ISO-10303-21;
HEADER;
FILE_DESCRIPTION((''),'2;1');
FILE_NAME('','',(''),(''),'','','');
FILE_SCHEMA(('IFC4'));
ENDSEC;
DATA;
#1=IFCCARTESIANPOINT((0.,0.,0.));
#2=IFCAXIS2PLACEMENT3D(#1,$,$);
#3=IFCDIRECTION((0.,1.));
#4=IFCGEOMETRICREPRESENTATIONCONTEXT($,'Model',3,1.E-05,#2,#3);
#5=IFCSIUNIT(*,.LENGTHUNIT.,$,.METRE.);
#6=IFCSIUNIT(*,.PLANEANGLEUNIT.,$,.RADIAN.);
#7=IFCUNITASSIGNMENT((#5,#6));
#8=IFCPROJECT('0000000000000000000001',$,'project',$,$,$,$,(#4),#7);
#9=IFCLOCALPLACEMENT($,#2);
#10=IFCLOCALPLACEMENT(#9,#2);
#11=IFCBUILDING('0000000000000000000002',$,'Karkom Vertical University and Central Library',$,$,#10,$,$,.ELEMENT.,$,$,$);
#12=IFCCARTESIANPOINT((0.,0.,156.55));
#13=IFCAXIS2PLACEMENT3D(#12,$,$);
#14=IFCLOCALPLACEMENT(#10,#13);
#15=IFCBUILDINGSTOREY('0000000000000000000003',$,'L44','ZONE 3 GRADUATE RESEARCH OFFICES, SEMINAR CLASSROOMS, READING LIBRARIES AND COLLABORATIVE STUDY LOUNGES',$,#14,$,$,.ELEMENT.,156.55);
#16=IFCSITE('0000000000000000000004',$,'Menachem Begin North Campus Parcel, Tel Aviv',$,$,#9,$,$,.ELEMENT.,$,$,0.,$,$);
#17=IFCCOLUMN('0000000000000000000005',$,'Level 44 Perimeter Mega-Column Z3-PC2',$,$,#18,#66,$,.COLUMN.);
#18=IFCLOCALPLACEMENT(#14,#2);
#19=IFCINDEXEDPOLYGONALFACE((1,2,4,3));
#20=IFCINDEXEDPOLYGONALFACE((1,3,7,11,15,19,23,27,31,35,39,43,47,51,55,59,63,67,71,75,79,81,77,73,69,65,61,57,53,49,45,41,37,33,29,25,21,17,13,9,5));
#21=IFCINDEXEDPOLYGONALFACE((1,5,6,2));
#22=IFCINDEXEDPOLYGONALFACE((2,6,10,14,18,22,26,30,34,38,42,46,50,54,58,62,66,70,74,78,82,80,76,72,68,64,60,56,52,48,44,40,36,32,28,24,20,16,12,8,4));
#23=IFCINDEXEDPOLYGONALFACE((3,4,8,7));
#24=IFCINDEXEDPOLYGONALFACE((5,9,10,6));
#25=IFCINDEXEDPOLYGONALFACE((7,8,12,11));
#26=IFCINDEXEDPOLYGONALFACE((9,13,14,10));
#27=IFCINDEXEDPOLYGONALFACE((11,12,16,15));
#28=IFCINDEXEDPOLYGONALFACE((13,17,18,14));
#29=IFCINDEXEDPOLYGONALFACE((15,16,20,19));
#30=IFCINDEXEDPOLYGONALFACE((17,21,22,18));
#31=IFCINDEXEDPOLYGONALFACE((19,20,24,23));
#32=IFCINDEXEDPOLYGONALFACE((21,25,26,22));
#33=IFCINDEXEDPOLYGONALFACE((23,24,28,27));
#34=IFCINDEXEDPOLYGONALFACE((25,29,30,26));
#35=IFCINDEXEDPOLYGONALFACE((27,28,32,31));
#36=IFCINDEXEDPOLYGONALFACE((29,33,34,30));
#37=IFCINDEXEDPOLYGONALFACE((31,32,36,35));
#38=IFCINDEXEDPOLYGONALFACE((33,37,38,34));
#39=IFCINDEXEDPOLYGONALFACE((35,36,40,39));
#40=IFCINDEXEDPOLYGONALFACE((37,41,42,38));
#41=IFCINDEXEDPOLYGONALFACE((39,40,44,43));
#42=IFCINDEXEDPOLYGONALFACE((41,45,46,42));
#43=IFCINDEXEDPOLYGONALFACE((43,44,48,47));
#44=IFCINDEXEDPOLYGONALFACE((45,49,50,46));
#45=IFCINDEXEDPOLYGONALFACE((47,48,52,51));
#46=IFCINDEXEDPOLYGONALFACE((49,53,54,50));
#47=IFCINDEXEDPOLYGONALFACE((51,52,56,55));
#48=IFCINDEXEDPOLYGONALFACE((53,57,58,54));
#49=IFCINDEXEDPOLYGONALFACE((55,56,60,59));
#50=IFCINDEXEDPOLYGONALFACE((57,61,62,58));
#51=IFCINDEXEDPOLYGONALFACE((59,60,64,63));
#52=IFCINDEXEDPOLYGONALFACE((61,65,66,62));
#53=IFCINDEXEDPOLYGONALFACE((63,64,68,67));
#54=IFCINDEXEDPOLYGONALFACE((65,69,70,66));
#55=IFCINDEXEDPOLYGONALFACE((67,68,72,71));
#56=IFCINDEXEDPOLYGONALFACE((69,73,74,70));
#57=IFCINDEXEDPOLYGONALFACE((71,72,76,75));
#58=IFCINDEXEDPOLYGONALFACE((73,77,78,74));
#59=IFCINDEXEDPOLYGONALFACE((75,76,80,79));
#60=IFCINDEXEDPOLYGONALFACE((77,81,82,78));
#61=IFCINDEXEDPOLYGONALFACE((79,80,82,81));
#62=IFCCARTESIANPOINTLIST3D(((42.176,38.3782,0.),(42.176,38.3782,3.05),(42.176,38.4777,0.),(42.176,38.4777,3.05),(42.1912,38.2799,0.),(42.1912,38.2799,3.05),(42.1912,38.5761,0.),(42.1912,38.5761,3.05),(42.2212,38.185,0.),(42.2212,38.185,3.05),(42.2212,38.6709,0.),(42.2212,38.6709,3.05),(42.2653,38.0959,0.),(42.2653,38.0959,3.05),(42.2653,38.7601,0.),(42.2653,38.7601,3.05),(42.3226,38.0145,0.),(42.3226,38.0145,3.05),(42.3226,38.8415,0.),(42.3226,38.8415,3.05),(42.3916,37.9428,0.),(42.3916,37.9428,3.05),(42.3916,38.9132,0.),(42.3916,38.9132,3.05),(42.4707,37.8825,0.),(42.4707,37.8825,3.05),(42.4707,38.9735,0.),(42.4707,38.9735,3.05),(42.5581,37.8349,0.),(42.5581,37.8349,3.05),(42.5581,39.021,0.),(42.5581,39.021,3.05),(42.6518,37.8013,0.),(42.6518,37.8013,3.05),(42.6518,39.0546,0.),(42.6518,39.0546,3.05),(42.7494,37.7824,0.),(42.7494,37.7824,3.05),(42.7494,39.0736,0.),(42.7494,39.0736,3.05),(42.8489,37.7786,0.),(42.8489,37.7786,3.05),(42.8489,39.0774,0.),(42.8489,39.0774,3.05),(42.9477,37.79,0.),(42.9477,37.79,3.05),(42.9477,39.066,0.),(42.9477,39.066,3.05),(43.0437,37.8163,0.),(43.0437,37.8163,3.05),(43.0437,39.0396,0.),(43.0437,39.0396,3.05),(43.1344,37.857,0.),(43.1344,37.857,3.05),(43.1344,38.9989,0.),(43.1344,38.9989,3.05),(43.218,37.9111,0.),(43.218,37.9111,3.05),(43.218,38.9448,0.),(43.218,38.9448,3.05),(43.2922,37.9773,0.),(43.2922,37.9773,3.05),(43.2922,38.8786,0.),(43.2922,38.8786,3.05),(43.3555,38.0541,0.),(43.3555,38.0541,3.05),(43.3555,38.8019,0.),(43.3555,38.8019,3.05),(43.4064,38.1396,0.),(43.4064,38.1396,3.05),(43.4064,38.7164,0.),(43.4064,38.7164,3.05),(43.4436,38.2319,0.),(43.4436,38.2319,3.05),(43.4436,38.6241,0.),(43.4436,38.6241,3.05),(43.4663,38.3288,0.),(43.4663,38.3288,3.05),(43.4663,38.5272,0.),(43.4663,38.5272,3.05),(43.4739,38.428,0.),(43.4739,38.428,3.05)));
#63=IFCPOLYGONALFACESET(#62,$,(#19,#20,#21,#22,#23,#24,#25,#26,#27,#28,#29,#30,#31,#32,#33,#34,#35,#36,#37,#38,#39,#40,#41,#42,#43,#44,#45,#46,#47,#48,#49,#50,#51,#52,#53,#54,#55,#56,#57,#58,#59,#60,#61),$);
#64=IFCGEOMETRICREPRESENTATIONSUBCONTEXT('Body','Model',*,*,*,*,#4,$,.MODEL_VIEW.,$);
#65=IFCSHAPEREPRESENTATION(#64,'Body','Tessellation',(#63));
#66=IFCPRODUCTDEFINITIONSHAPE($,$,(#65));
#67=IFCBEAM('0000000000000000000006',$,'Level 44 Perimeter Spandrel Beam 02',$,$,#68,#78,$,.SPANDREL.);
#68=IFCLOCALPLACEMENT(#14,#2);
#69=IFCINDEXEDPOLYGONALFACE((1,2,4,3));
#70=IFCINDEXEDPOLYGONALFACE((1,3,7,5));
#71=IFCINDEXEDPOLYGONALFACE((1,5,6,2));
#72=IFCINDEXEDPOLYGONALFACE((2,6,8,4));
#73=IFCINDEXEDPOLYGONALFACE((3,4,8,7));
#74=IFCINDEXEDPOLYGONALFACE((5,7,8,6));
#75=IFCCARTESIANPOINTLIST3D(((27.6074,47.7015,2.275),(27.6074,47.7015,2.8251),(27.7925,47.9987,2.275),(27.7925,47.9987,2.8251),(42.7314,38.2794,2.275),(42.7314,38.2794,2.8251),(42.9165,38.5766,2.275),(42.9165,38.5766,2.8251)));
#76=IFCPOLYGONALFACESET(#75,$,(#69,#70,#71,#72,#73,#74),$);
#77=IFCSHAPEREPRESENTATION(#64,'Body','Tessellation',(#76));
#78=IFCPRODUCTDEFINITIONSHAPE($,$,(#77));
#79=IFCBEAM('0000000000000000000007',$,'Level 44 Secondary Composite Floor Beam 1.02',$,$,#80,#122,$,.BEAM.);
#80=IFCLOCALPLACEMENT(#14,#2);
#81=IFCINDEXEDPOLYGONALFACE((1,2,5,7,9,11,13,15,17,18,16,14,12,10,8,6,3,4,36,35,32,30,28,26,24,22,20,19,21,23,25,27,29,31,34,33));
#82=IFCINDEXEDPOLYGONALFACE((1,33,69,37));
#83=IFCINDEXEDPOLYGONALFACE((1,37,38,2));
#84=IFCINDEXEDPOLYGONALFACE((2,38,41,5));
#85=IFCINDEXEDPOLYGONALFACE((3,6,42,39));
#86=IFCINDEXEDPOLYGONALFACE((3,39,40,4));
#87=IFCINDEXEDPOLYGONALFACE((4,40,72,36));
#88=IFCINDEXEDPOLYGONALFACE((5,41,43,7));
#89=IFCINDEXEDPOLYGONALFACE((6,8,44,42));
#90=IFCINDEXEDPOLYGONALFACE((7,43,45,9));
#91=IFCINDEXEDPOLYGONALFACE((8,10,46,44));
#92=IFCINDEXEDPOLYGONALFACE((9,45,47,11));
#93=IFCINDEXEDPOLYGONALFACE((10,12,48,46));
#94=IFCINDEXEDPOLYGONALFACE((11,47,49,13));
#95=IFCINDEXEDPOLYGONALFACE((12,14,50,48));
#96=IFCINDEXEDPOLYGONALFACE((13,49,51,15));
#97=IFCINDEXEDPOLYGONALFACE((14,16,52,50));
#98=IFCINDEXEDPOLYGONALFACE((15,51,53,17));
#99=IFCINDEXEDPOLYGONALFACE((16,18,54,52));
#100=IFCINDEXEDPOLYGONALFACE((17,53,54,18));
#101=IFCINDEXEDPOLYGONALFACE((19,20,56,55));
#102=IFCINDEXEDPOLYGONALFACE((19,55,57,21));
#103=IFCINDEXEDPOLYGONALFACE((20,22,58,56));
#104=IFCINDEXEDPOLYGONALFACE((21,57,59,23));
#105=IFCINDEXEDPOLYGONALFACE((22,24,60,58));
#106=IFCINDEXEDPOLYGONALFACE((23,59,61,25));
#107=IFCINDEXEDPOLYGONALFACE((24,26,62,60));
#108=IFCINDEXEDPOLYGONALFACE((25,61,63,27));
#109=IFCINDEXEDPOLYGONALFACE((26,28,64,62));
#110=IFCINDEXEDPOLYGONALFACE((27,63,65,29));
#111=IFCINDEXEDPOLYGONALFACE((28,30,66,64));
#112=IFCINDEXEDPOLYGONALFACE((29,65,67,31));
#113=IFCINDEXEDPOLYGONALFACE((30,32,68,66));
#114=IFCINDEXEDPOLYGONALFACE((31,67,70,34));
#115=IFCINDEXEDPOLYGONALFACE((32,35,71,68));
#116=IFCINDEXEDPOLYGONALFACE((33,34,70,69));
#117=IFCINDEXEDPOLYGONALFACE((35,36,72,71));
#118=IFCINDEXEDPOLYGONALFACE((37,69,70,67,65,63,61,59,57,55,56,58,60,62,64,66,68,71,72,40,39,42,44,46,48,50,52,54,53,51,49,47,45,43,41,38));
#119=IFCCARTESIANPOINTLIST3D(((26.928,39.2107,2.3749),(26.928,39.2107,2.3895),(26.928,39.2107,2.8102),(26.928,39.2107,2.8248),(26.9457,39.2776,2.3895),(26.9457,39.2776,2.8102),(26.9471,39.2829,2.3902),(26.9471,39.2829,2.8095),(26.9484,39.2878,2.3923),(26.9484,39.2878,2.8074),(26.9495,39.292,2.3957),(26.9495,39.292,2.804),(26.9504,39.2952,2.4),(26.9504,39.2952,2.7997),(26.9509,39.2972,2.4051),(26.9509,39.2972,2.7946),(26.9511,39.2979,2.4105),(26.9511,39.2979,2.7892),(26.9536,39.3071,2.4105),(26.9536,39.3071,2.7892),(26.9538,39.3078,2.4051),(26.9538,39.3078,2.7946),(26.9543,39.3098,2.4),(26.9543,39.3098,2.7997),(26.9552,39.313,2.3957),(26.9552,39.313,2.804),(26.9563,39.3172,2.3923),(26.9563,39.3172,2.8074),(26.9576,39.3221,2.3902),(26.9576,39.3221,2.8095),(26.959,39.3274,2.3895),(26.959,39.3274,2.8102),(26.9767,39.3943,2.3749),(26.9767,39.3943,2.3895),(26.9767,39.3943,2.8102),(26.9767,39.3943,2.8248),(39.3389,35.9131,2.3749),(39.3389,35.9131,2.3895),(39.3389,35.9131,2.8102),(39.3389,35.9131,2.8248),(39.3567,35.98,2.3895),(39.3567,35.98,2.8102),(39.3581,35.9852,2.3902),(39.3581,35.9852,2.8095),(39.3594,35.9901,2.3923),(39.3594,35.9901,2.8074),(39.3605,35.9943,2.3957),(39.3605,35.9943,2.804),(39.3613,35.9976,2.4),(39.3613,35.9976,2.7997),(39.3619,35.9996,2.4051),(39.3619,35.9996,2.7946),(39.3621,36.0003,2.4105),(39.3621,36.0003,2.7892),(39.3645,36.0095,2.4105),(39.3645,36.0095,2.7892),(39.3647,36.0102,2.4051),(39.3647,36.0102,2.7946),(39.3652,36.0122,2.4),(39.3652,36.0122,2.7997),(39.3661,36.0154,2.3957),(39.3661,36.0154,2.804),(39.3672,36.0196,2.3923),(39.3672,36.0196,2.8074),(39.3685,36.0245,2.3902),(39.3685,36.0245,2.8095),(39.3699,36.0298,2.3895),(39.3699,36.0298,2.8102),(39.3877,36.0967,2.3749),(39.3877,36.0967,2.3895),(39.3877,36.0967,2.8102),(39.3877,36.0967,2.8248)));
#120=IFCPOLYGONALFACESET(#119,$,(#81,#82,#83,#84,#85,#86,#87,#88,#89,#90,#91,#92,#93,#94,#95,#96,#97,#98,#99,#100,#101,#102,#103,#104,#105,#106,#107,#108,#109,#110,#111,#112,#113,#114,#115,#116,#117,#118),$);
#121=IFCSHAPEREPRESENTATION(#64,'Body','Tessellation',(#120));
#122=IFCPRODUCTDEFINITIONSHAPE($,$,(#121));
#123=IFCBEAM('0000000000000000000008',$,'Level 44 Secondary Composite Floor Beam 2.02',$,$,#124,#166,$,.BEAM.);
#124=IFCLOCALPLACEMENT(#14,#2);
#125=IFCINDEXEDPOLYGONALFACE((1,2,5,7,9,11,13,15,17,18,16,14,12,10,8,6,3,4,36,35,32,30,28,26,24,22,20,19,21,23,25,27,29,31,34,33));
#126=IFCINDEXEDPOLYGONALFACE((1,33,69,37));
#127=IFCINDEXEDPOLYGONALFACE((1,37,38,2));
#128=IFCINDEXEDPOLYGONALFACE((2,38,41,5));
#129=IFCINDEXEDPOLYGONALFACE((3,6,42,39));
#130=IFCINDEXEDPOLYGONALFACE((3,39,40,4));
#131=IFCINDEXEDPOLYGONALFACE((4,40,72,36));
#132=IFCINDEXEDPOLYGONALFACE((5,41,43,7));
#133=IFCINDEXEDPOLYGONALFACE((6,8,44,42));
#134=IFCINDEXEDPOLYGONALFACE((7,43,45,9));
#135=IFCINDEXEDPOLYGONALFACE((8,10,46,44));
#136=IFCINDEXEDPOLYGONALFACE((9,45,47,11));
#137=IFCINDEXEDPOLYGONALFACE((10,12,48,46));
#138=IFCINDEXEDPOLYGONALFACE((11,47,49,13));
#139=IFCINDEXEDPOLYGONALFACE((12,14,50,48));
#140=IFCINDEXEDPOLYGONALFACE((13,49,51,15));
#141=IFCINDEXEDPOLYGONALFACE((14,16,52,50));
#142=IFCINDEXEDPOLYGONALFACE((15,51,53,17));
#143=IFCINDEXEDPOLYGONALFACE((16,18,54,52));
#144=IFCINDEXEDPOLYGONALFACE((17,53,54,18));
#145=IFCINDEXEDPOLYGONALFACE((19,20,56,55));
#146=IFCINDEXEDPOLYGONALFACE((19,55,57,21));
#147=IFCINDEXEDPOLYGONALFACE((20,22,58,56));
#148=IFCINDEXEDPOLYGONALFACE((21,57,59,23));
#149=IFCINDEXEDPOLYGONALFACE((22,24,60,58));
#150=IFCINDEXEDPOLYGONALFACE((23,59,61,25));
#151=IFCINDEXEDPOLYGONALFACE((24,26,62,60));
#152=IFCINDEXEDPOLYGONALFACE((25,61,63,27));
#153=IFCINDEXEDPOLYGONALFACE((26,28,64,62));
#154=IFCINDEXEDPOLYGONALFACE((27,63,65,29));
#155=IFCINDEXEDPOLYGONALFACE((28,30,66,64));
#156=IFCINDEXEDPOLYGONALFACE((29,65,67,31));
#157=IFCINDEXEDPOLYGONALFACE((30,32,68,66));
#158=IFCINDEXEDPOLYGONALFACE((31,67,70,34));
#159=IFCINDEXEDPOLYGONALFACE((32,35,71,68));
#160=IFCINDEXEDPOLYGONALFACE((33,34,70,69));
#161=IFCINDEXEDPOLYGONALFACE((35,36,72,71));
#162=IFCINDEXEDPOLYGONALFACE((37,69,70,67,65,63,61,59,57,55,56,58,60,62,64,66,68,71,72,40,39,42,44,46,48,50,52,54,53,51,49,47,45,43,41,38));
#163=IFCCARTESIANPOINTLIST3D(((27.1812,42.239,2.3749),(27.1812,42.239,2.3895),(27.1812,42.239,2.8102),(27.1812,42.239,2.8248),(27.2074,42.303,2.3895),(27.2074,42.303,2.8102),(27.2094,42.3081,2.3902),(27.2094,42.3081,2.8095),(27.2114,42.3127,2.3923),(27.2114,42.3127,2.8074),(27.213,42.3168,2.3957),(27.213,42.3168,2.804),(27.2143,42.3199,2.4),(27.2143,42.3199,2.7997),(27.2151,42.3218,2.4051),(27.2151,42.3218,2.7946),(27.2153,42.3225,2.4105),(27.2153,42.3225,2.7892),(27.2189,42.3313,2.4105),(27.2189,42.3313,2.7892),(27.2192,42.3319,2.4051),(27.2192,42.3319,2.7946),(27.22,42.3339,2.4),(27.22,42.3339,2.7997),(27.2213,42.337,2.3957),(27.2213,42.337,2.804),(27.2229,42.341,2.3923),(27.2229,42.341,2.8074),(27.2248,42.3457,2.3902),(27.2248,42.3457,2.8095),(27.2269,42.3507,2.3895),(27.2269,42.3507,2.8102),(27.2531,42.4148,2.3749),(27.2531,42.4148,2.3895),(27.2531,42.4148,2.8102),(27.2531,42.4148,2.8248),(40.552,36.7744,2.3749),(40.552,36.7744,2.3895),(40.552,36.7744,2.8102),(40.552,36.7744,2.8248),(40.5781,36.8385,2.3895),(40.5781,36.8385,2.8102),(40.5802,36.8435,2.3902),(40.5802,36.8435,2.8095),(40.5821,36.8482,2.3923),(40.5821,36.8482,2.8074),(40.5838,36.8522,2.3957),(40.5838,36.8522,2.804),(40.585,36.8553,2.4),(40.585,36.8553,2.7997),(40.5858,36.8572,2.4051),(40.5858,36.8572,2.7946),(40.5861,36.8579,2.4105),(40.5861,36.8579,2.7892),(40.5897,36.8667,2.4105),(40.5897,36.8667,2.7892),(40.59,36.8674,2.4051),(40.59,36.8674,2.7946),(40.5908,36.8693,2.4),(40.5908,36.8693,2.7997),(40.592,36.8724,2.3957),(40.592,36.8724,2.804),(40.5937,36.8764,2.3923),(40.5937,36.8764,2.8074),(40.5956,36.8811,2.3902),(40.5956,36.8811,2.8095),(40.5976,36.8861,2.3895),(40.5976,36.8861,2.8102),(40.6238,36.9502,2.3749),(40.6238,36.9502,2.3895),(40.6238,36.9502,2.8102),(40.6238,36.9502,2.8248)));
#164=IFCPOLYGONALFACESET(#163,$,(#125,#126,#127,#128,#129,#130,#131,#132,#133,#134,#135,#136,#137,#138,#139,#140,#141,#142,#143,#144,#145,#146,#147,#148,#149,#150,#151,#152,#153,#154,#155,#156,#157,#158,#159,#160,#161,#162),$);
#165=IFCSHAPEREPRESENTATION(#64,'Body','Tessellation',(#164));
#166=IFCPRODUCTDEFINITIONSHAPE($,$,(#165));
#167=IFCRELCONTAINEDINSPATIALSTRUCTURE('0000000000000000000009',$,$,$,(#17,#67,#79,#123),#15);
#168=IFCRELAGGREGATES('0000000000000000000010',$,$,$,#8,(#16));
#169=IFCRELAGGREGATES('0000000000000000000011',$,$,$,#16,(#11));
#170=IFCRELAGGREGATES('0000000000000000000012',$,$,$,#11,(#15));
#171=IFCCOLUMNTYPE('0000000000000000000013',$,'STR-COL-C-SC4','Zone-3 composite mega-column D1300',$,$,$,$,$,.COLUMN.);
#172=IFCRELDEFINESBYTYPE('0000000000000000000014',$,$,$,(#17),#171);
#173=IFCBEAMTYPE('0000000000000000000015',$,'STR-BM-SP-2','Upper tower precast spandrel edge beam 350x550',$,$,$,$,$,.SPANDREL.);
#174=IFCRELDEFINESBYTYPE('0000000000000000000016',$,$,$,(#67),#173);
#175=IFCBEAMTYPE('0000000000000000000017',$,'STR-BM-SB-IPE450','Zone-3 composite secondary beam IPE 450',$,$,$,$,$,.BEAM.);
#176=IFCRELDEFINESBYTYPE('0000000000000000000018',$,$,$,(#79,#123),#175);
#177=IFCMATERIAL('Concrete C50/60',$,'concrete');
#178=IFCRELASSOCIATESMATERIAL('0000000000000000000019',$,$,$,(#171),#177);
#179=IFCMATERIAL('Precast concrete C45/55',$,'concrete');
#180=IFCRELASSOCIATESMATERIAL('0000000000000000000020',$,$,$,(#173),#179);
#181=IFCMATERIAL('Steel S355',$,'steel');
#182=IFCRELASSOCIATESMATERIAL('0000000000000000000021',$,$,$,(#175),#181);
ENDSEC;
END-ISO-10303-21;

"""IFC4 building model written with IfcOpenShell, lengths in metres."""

from ifc_helpers import new_model, si_unit, direction, frame, origin, origin_with_axes, origin_2d, place, context, subcontext, project, spatial, rectangle, circle, i_section, extrude, source, transform, mapped, material, material_profile, profile_set, type_object, element, save


model = new_model("IFC4")

# Units and contexts
model_context = context("Model", 3, precision=1e-05, world=origin(), true_north=direction((0.0, 1.0)))
body_context = subcontext(model_context, "Body", "Model", "MODEL_VIEW")
ifc_project = project(units=[si_unit("LENGTHUNIT", "METRE"), si_unit("PLANEANGLEUNIT", "RADIAN")], contexts=[model_context])

# Site, building, storey
site_placement = place(None, origin())
site = spatial("IfcSite", under=ifc_project, at=site_placement, Name="Menachem Begin North Campus Parcel, Tel Aviv", CompositionType="ELEMENT", RefElevation=0.0)
building_placement = place(site_placement, origin())
building = spatial("IfcBuilding", under=site, at=building_placement, Name="Karkom Vertical University and Central Library", CompositionType="ELEMENT")
storey_placement = place(building_placement, frame((0.0, 0.0, 156.55)))
storey = spatial("IfcBuildingStorey", under=building, at=storey_placement, Name="L44", Description="ZONE 3 GRADUATE RESEARCH OFFICES, SEMINAR CLASSROOMS, READING LIBRARIES AND COLLABORATIVE STUDY LOUNGES", CompositionType="ELEMENT", Elevation=156.55)

# Column
ifc_material_1 = material(Name="Concrete C50/60", Category="concrete")
ifc_material_profile_1 = material_profile(ifc_material_1, circle(Radius=0.6499, at=origin_2d()), Name="CFT-D1300")
ifc_profile_set_1 = profile_set([ifc_material_profile_1], Name="Concrete C50/60")
column_type = type_object("IfcColumnType", Name="STR-COL-C-SC4", Description="Zone-3 composite mega-column D1300", PredefinedType="COLUMN", material=ifc_profile_set_1)
shared_shape_1 = source(origin_with_axes(), body_context, "Body", "SweptSolid", [
    extrude(circle(Radius=0.6499, at=origin_2d()), origin(), (0.0, 0.0, 1.0), 3.05),
])
column_placement = place(storey_placement, frame((42.824, 38.428, 0.0), z_axis=(0.0, 0.0, 1.0), x_axis=(1.0, 0.0, 0.0)))
element("IfcColumn", 1, at=column_placement, inside=storey, type_object=column_type, Name="Level 44 Perimeter Mega-Column Z3-PC2", PredefinedType="COLUMN", context=body_context, shape_type="MappedRepresentation", body=[
    mapped(shared_shape_1, transform((0.0, 0.0, 0.0), scale=1.0)),
])

# Beams
ifc_material_2 = material(Name="Precast concrete C45/55", Category="concrete")
ifc_material_profile_2 = material_profile(ifc_material_2, rectangle(XDim=0.3501, YDim=0.55, at=origin_2d()), Name="SPB-350x550")
ifc_profile_set_2 = profile_set([ifc_material_profile_2], Name="Precast concrete C45/55")
beam_type_1 = type_object("IfcBeamType", Name="STR-BM-SP-2", Description="Upper tower precast spandrel edge beam 350x550", PredefinedType="SPANDREL", material=ifc_profile_set_2)
shared_shape_2 = source(origin_with_axes(), body_context, "Body", "SweptSolid", [
    extrude(rectangle(XDim=0.3501, YDim=0.55, at=origin_2d()), origin(), (0.0, 0.0, 1.0), 17.8188),
])
beam_1_placement = place(storey_placement, frame((42.824, 38.428, 2.55), z_axis=(-0.848764, 0.528772, 0.0), x_axis=(-0.528772, -0.848764, 0.0)))
element("IfcBeam", 2, at=beam_1_placement, inside=storey, type_object=beam_type_1, Name="Level 44 Perimeter Spandrel Beam 02", PredefinedType="SPANDREL", context=body_context, shape_type="MappedRepresentation", body=[
    mapped(shared_shape_2, transform((0.0, 0.0, 0.0), scale=1.0)),
])
ifc_material_3 = material(Name="Steel S355", Category="steel")
ifc_material_profile_3 = material_profile(ifc_material_3, i_section(OverallWidth=0.1899, OverallDepth=0.45, WebThickness=0.0095, FlangeThickness=0.0146, FilletRadius=0.021, at=origin_2d()), Name="IPE 450")
ifc_profile_set_3 = profile_set([ifc_material_profile_3], Name="Steel S355")
beam_type_2 = type_object("IfcBeamType", Name="STR-BM-SB-IPE450", Description="Zone-3 composite secondary beam IPE 450", PredefinedType="BEAM", material=ifc_profile_set_3)
shared_shape_3 = source(origin_with_axes(), body_context, "Body", "SweptSolid", [
    extrude(i_section(OverallWidth=0.1899, OverallDepth=0.45, WebThickness=0.0095, FlangeThickness=0.0146, FilletRadius=0.021, at=origin_2d()), origin(), (0.0, 0.0, 1.0), 12.8416),
])
beam_2_placement = place(storey_placement, frame((39.3633, 36.0049, 2.5999), z_axis=(-0.966466, 0.256793, 0.0), x_axis=(-0.256793, -0.966466, 0.0)))
element("IfcBeam", 3, at=beam_2_placement, inside=storey, type_object=beam_type_2, Name="Level 44 Secondary Composite Floor Beam 1.02", PredefinedType="BEAM", context=body_context, shape_type="MappedRepresentation", body=[
    mapped(shared_shape_3, transform((0.0, 0.0, 0.0), scale=1.0)),
])
shared_shape_4 = source(origin_with_axes(), body_context, "Body", "SweptSolid", [
    extrude(i_section(OverallWidth=0.1899, OverallDepth=0.45, WebThickness=0.0095, FlangeThickness=0.0146, FilletRadius=0.021, at=origin_2d()), origin(), (0.0, 0.0, 1.0), 14.4443),
])
beam_3_placement = place(storey_placement, frame((40.5879, 36.8623, 2.5999), z_axis=(-0.925675, 0.378319, 0.0), x_axis=(-0.378319, -0.925675, 0.0)))
element("IfcBeam", 4, at=beam_3_placement, inside=storey, type_object=beam_type_2, Name="Level 44 Secondary Composite Floor Beam 2.02", PredefinedType="BEAM", context=body_context, shape_type="MappedRepresentation", body=[
    mapped(shared_shape_4, transform((0.0, 0.0, 0.0), scale=1.0)),
])

save(model, "model.ifc")
